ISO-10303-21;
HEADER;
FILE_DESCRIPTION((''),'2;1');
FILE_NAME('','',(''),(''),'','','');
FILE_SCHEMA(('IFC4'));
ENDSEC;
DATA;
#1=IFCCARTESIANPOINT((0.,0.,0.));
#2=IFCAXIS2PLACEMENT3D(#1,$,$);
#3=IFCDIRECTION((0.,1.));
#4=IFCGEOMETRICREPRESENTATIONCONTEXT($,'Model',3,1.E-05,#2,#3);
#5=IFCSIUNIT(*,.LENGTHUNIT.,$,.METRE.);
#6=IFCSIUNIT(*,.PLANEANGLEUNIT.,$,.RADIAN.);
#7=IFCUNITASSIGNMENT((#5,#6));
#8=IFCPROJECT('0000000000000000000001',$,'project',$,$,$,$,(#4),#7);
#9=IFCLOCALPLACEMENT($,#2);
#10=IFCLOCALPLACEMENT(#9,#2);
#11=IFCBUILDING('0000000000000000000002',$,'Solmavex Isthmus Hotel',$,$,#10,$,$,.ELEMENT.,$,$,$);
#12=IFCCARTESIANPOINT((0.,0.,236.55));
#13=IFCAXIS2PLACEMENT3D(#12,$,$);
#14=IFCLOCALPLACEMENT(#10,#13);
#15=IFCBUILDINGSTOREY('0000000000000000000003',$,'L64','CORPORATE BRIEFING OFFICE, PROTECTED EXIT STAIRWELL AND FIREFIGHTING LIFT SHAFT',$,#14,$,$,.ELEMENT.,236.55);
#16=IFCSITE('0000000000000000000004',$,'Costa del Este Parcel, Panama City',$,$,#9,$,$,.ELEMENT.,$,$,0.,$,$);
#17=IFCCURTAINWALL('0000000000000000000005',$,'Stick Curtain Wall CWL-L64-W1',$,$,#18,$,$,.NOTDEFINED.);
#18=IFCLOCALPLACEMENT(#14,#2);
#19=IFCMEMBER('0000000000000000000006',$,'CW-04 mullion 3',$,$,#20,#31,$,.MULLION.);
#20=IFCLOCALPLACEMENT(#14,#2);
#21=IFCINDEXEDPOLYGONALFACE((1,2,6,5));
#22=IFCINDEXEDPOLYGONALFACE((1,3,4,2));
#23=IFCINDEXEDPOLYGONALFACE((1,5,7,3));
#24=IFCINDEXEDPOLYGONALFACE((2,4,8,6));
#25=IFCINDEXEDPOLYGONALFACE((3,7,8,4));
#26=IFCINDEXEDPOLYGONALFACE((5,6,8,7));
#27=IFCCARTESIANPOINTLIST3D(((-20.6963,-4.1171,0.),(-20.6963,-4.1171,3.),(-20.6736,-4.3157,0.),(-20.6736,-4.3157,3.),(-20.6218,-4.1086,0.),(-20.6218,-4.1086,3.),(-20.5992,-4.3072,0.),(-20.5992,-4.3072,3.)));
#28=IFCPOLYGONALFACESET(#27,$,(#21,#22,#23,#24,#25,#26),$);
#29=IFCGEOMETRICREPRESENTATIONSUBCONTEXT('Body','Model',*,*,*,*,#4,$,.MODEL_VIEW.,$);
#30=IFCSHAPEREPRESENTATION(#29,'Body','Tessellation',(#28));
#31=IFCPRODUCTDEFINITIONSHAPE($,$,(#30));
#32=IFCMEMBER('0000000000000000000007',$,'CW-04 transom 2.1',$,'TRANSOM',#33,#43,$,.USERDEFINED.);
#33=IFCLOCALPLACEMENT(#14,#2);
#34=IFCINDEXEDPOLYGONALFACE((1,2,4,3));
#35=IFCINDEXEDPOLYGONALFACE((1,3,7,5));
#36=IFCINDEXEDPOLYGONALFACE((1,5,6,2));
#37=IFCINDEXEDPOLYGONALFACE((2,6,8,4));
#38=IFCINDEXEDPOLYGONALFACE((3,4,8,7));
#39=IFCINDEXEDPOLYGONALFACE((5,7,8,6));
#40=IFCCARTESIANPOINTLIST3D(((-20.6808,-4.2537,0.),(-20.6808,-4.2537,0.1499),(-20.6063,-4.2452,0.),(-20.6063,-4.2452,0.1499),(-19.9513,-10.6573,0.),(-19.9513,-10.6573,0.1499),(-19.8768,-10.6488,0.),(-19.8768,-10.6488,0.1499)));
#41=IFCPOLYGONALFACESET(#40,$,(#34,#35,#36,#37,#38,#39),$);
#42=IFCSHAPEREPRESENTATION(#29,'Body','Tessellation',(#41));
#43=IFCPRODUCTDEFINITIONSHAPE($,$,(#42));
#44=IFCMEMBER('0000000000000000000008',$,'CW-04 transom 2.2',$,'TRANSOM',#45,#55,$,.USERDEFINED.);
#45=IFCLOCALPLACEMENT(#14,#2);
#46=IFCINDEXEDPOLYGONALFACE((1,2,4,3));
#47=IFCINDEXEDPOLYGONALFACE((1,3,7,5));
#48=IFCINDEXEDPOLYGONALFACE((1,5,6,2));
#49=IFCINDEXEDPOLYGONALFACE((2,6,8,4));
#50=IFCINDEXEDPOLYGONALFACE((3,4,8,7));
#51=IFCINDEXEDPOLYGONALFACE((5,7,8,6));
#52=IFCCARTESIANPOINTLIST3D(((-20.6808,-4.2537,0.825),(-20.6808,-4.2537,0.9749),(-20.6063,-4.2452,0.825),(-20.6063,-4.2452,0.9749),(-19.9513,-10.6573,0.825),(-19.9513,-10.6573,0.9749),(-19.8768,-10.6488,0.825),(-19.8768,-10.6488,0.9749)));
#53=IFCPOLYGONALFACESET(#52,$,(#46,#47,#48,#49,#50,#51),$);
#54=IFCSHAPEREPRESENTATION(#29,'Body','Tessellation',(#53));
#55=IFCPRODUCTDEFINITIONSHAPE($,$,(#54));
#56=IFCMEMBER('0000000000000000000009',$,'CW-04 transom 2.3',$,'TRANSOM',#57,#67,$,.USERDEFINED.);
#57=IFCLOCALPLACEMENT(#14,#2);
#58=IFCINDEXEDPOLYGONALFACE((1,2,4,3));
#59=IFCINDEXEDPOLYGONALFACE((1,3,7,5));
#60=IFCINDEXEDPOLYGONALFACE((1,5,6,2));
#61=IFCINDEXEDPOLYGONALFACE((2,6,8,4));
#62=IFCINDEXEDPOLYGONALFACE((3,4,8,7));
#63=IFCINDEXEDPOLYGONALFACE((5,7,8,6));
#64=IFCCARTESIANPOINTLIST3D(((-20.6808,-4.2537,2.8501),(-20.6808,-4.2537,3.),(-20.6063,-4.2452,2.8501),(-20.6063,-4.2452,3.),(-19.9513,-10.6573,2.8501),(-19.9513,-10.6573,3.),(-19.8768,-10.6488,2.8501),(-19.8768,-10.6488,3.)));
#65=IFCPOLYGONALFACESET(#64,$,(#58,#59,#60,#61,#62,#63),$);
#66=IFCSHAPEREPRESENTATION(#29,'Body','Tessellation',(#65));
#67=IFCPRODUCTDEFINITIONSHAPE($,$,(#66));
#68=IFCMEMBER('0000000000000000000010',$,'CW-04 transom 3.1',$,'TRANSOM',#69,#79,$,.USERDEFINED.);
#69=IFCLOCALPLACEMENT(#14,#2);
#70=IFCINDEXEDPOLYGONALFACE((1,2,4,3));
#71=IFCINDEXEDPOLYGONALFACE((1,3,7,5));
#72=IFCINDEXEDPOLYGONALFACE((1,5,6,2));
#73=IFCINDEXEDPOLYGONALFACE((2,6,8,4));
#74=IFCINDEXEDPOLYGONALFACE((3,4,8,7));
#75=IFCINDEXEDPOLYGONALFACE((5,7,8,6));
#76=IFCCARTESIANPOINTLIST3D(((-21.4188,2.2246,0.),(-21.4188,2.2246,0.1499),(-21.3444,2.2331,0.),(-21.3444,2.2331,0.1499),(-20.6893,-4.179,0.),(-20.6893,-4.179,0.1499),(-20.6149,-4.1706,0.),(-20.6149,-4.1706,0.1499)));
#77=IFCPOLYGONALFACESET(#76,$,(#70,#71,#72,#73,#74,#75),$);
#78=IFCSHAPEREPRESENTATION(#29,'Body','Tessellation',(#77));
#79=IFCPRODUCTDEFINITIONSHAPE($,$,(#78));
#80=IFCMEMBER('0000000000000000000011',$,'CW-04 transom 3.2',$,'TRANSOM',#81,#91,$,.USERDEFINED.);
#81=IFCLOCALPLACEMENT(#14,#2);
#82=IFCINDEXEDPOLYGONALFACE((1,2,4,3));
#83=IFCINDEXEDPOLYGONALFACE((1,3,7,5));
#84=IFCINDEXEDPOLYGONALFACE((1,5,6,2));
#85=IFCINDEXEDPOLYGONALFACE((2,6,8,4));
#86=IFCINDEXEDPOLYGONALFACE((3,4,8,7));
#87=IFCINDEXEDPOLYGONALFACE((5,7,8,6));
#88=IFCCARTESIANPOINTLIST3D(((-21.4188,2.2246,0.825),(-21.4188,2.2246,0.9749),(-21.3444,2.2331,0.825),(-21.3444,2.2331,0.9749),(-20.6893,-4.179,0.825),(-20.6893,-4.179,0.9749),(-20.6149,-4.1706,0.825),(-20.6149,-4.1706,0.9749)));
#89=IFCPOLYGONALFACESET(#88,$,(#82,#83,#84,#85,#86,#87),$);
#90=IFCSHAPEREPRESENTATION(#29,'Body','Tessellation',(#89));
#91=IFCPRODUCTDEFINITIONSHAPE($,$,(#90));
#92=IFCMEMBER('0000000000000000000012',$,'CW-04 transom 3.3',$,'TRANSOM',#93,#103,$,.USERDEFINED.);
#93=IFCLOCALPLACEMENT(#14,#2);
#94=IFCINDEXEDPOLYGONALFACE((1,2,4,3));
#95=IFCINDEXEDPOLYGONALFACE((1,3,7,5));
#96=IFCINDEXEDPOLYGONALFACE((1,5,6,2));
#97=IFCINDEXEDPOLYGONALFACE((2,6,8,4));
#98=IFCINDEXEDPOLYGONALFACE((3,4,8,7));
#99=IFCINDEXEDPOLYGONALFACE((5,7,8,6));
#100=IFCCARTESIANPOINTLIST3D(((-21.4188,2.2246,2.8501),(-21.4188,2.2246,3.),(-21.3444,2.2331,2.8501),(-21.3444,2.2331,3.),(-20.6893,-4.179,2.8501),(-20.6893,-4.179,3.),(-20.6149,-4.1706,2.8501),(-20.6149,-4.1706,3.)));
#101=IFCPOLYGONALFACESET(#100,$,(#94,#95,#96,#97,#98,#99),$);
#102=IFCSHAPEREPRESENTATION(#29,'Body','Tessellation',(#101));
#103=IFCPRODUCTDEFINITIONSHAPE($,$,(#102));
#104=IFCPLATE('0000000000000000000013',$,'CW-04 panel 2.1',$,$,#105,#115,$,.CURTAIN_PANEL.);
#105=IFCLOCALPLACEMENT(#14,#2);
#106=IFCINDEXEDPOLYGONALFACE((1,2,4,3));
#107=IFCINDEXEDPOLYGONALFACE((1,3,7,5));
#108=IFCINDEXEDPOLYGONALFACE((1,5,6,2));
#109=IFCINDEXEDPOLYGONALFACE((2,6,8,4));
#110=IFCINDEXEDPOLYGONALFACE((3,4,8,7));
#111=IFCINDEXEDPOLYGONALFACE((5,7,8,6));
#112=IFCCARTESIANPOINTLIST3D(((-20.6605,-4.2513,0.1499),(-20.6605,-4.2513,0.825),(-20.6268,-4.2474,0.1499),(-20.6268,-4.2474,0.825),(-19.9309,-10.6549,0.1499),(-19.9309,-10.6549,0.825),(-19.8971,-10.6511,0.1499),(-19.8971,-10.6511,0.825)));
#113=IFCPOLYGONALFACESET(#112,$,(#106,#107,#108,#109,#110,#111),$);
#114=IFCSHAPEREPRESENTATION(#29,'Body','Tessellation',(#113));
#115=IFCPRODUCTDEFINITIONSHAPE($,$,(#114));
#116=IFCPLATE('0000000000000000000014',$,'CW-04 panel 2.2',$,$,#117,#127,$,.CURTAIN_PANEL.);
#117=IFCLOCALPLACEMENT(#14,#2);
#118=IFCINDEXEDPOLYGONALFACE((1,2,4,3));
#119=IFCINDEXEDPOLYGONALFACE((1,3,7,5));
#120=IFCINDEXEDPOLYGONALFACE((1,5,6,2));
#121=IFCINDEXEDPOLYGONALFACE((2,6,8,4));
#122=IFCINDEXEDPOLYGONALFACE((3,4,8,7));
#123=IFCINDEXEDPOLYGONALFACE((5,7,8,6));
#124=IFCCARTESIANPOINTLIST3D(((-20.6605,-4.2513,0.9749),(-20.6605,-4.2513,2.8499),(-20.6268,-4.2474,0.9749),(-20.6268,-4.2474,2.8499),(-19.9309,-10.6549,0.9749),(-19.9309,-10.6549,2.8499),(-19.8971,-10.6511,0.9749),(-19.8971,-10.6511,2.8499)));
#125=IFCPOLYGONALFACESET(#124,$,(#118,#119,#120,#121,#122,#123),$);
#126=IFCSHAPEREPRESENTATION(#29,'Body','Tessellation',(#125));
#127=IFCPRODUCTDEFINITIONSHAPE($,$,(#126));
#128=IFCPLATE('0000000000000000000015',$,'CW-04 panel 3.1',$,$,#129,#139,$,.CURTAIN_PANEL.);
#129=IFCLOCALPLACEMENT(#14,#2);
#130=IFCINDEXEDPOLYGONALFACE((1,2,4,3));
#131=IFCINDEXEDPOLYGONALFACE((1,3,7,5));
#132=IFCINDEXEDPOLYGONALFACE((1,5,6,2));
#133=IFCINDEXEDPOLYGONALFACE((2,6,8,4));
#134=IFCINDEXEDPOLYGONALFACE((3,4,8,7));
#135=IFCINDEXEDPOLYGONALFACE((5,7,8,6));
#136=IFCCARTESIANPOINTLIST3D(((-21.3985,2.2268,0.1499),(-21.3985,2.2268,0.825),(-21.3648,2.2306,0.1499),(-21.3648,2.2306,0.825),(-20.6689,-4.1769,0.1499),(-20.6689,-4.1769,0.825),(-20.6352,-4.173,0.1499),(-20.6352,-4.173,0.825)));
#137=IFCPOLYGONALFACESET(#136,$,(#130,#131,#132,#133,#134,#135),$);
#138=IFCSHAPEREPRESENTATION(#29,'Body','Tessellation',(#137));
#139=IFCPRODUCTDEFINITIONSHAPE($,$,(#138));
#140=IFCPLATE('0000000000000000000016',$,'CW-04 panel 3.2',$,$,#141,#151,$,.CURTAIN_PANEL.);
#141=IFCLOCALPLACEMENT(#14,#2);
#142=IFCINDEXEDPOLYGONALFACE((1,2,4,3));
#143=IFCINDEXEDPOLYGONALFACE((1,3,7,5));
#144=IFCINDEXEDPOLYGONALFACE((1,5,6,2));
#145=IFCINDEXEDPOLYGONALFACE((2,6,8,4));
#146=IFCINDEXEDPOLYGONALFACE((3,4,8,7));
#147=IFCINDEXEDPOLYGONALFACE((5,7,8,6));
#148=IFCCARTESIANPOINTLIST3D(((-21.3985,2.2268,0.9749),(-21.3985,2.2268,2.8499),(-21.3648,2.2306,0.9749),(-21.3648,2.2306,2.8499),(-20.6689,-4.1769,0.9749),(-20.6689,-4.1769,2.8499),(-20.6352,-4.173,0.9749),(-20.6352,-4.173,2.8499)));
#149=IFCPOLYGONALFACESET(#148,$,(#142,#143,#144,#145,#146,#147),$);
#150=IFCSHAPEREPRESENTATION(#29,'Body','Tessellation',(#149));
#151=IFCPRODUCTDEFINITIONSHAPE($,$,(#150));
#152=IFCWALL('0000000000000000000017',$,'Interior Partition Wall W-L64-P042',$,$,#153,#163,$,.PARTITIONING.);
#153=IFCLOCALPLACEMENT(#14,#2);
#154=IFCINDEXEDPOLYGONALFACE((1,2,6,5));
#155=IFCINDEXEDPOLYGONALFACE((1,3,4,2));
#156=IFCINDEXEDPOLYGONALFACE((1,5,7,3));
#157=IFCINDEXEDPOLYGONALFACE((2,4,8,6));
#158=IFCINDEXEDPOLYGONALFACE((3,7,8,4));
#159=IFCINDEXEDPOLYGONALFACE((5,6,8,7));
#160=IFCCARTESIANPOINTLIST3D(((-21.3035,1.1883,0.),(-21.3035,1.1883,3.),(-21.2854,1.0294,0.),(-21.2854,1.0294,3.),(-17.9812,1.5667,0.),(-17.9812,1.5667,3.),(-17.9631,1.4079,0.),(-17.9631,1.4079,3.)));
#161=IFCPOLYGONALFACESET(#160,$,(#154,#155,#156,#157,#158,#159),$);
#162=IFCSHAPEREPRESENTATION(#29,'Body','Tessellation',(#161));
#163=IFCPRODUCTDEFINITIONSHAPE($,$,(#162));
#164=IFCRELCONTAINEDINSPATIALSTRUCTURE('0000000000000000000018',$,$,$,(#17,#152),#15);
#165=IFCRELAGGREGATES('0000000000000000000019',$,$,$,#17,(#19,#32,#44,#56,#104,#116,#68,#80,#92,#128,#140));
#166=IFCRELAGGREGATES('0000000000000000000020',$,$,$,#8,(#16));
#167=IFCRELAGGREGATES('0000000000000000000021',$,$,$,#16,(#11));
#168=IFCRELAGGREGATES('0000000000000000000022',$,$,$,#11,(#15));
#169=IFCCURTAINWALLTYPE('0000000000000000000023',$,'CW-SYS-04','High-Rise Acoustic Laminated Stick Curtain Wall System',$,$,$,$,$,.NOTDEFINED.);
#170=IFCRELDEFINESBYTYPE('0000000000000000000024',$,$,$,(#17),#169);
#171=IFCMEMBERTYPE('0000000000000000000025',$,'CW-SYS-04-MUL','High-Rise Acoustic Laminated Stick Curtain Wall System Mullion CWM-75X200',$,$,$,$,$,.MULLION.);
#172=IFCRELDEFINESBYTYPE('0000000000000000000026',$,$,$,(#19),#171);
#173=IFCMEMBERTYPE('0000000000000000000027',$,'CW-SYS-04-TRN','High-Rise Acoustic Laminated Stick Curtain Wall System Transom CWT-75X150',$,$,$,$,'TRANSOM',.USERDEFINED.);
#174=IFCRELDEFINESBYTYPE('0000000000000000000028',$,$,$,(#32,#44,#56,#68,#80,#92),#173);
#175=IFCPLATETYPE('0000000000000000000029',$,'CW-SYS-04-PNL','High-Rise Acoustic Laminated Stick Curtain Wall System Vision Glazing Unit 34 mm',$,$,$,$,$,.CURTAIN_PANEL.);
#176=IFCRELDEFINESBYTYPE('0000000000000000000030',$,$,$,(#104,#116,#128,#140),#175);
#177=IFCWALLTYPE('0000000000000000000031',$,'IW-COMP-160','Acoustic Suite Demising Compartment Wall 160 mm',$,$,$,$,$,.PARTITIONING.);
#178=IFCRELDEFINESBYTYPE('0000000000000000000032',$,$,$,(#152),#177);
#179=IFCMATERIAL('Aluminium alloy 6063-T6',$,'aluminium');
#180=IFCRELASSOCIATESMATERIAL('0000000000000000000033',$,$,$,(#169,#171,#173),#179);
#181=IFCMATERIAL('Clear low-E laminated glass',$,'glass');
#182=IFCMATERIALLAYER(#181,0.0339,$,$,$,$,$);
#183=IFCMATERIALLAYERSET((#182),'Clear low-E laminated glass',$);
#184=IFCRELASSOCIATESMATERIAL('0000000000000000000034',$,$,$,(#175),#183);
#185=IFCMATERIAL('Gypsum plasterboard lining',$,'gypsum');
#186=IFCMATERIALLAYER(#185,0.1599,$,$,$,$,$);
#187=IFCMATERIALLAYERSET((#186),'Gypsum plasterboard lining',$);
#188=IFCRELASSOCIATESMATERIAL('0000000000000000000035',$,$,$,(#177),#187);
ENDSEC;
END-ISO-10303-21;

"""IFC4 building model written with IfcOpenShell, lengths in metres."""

from ifc_helpers import new_model, si_unit, direction, frame, frame_2d, origin, origin_2d, place, context, subcontext, project, spatial, rectangle, extrude, material, layer, layer_set, material_profile, profile_set, type_object, element, aggregate, save


model = new_model("IFC4")

# Units and contexts
model_context = context("Model", 3, precision=1e-05, world=origin(), true_north=direction((0.0, 1.0)))
body_context = subcontext(model_context, "Body", "Model", "MODEL_VIEW")
ifc_project = project(units=[si_unit("LENGTHUNIT", "METRE"), si_unit("PLANEANGLEUNIT", "RADIAN")], contexts=[model_context])

# Site, building, storey
site_placement = place(None, origin())
site = spatial("IfcSite", under=ifc_project, at=site_placement, Name="Costa del Este Parcel, Panama City", CompositionType="ELEMENT", RefElevation=0.0)
building_placement = place(site_placement, origin())
building = spatial("IfcBuilding", under=site, at=building_placement, Name="Solmavex Isthmus Hotel", CompositionType="ELEMENT")
storey_placement = place(building_placement, frame((0.0, 0.0, 236.55)))
storey = spatial("IfcBuildingStorey", under=building, at=storey_placement, Name="L64", Description="CORPORATE BRIEFING OFFICE, PROTECTED EXIT STAIRWELL AND FIREFIGHTING LIFT SHAFT", CompositionType="ELEMENT", Elevation=236.55)

# Curtain wall, members, plates
ifc_material_1 = material(Name="Aluminium alloy 6063-T6", Category="aluminium")
curtain_wall_type = type_object("IfcCurtainWallType", Name="CW-SYS-04", Description="High-Rise Acoustic Laminated Stick Curtain Wall System", PredefinedType="NOTDEFINED", material=ifc_material_1)
curtain_wall_placement = place(storey_placement, origin())
curtain_wall = element("IfcCurtainWall", 1, at=curtain_wall_placement, inside=storey, type_object=curtain_wall_type, Name="Stick Curtain Wall CWL-L64-W1", PredefinedType="NOTDEFINED")
ifc_material_profile_1 = material_profile(ifc_material_1, rectangle(XDim=0.075, YDim=0.2, at=origin_2d()), Name="CWM-75X200")
ifc_profile_set_1 = profile_set([ifc_material_profile_1], Name="Aluminium alloy 6063-T6")
member_type_1 = type_object("IfcMemberType", Name="CW-SYS-04-MUL", Description="High-Rise Acoustic Laminated Stick Curtain Wall System Mullion CWM-75X200", PredefinedType="MULLION", material=ifc_profile_set_1)
member_1_placement = place(storey_placement, frame((-20.6477, -4.2122, 0.0), z_axis=(0.0, 0.0, 1.0), x_axis=(-0.993572, -0.113203, 0.0)))
member_1 = element("IfcMember", 2, at=member_1_placement, type_object=member_type_1, Name="CW-04 mullion 3", PredefinedType="MULLION", context=body_context, shape_type="SweptSolid", body=[
    extrude(rectangle(XDim=0.075, YDim=0.2, at=origin_2d()), origin(), (0.0, 0.0, 1.0), 3.0),
])
ifc_material_profile_2 = material_profile(ifc_material_1, rectangle(XDim=0.075, YDim=0.1499, at=origin_2d()), Name="CWT-75X150")
ifc_profile_set_2 = profile_set([ifc_material_profile_2], Name="Aluminium alloy 6063-T6")
member_type_2 = type_object("IfcMemberType", Name="CW-SYS-04-TRN", Description="High-Rise Acoustic Laminated Stick Curtain Wall System Transom CWT-75X150", ElementType="TRANSOM", PredefinedType="USERDEFINED", material=ifc_profile_set_2)
member_2_placement = place(storey_placement, frame((-19.9141, -10.6531, 0.075), z_axis=(-0.113188, 0.993574, 0.0), x_axis=(-0.993574, -0.113188, 0.0)))
member_2 = element("IfcMember", 3, at=member_2_placement, type_object=member_type_2, Name="CW-04 transom 2.1", ObjectType="TRANSOM", PredefinedType="USERDEFINED", context=body_context, shape_type="SweptSolid", body=[
    extrude(rectangle(XDim=0.075, YDim=0.1499, at=origin_2d()), origin(), (0.0, 0.0, 1.0), 6.4451),
])
member_3_placement = place(storey_placement, frame((-19.9141, -10.6531, 0.8999), z_axis=(-0.113188, 0.993574, 0.0), x_axis=(-0.993574, -0.113188, 0.0)))
member_3 = element("IfcMember", 4, at=member_3_placement, type_object=member_type_2, Name="CW-04 transom 2.2", ObjectType="TRANSOM", PredefinedType="USERDEFINED", context=body_context, shape_type="SweptSolid", body=[
    extrude(rectangle(XDim=0.075, YDim=0.1499, at=origin_2d()), origin(), (0.0, 0.0, 1.0), 6.4451),
])
member_4_placement = place(storey_placement, frame((-19.9141, -10.6531, 2.925), z_axis=(-0.113188, 0.993574, 0.0), x_axis=(-0.993574, -0.113188, 0.0)))
member_4 = element("IfcMember", 5, at=member_4_placement, type_object=member_type_2, Name="CW-04 transom 2.3", ObjectType="TRANSOM", PredefinedType="USERDEFINED", context=body_context, shape_type="SweptSolid", body=[
    extrude(rectangle(XDim=0.075, YDim=0.1499, at=origin_2d()), origin(), (0.0, 0.0, 1.0), 6.4451),
])
member_5_placement = place(storey_placement, frame((-20.6521, -4.1748, 0.075), z_axis=(-0.113188, 0.993574, 0.0), x_axis=(-0.993574, -0.113188, 0.0)))
member_5 = element("IfcMember", 6, at=member_5_placement, type_object=member_type_2, Name="CW-04 transom 3.1", ObjectType="TRANSOM", PredefinedType="USERDEFINED", context=body_context, shape_type="SweptSolid", body=[
    extrude(rectangle(XDim=0.075, YDim=0.1499, at=origin_2d()), origin(), (0.0, 0.0, 1.0), 6.4451),
])
member_6_placement = place(storey_placement, frame((-20.6521, -4.1748, 0.8999), z_axis=(-0.113188, 0.993574, 0.0), x_axis=(-0.993574, -0.113188, 0.0)))
member_6 = element("IfcMember", 7, at=member_6_placement, type_object=member_type_2, Name="CW-04 transom 3.2", ObjectType="TRANSOM", PredefinedType="USERDEFINED", context=body_context, shape_type="SweptSolid", body=[
    extrude(rectangle(XDim=0.075, YDim=0.1499, at=origin_2d()), origin(), (0.0, 0.0, 1.0), 6.4451),
])
member_7_placement = place(storey_placement, frame((-20.6521, -4.1748, 2.925), z_axis=(-0.113188, 0.993574, 0.0), x_axis=(-0.993574, -0.113188, 0.0)))
member_7 = element("IfcMember", 8, at=member_7_placement, type_object=member_type_2, Name="CW-04 transom 3.3", ObjectType="TRANSOM", PredefinedType="USERDEFINED", context=body_context, shape_type="SweptSolid", body=[
    extrude(rectangle(XDim=0.075, YDim=0.1499, at=origin_2d()), origin(), (0.0, 0.0, 1.0), 6.4451),
])
ifc_material_2 = material(Name="Clear low-E laminated glass", Category="glass")
ifc_layer_1 = layer(ifc_material_2, 0.0339)
ifc_layer_set_1 = layer_set([ifc_layer_1], Name="Clear low-E laminated glass")
plate_type = type_object("IfcPlateType", Name="CW-SYS-04-PNL", Description="High-Rise Acoustic Laminated Stick Curtain Wall System Vision Glazing Unit 34 mm", PredefinedType="CURTAIN_PANEL", material=ifc_layer_set_1)
plate_1_placement = place(storey_placement, frame((-20.2788, -7.4512, 0.1499), z_axis=(0.0, 0.0, 1.0), x_axis=(-0.113203, 0.993572, 0.0)))
plate_1 = element("IfcPlate", 9, at=plate_1_placement, type_object=plate_type, Name="CW-04 panel 2.1", PredefinedType="CURTAIN_PANEL", context=body_context, shape_type="SweptSolid", body=[
    extrude(rectangle(XDim=6.4451, YDim=0.0339, at=origin_2d()), origin(), (0.0, 0.0, 1.0), 0.675),
])
plate_2_placement = place(storey_placement, frame((-20.2788, -7.4512, 0.9749), z_axis=(0.0, 0.0, 1.0), x_axis=(-0.113203, 0.993572, 0.0)))
plate_2 = element("IfcPlate", 10, at=plate_2_placement, type_object=plate_type, Name="CW-04 panel 2.2", PredefinedType="CURTAIN_PANEL", context=body_context, shape_type="SweptSolid", body=[
    extrude(rectangle(XDim=6.4451, YDim=0.0339, at=origin_2d()), origin(), (0.0, 0.0, 1.0), 1.875),
])
plate_3_placement = place(storey_placement, frame((-21.0168, -0.9731, 0.1499), z_axis=(0.0, 0.0, 1.0), x_axis=(-0.113203, 0.993572, 0.0)))
plate_3 = element("IfcPlate", 11, at=plate_3_placement, type_object=plate_type, Name="CW-04 panel 3.1", PredefinedType="CURTAIN_PANEL", context=body_context, shape_type="SweptSolid", body=[
    extrude(rectangle(XDim=6.4451, YDim=0.0339, at=origin_2d()), origin(), (0.0, 0.0, 1.0), 0.675),
])
plate_4_placement = place(storey_placement, frame((-21.0168, -0.9731, 0.9749), z_axis=(0.0, 0.0, 1.0), x_axis=(-0.113203, 0.993572, 0.0)))
plate_4 = element("IfcPlate", 12, at=plate_4_placement, type_object=plate_type, Name="CW-04 panel 3.2", PredefinedType="CURTAIN_PANEL", context=body_context, shape_type="SweptSolid", body=[
    extrude(rectangle(XDim=6.4451, YDim=0.0339, at=origin_2d()), origin(), (0.0, 0.0, 1.0), 1.875),
])
aggregate(curtain_wall, [member_1, member_2, member_3, member_4, plate_1, plate_2, member_5, member_6, member_7, plate_3, plate_4])

# Wall
ifc_material_3 = material(Name="Gypsum plasterboard lining", Category="gypsum")
ifc_layer_2 = layer(ifc_material_3, 0.1599)
ifc_layer_set_2 = layer_set([ifc_layer_2], Name="Gypsum plasterboard lining")
wall_type_1 = type_object("IfcWallType", Name="IW-COMP-160", Description="Acoustic Suite Demising Compartment Wall 160 mm", PredefinedType="PARTITIONING", material=ifc_layer_set_2)
wall_1_placement = place(storey_placement, frame((-17.9722, 1.4873, 0.0), z_axis=(0.0, 0.0, 1.0), x_axis=(-0.993575, -0.113172, 0.0)))
element("IfcWall", 13, at=wall_1_placement, inside=storey, type_object=wall_type_1, Name="Interior Partition Wall W-L64-P042", PredefinedType="PARTITIONING", context=body_context, shape_type="SweptSolid", body=[
    extrude(rectangle(XDim=3.3438, YDim=0.1599, at=frame_2d((1.6719, 0.0))), origin(), (0.0, 0.0, 1.0), 3.0),
])

save(model, "model.ifc")
